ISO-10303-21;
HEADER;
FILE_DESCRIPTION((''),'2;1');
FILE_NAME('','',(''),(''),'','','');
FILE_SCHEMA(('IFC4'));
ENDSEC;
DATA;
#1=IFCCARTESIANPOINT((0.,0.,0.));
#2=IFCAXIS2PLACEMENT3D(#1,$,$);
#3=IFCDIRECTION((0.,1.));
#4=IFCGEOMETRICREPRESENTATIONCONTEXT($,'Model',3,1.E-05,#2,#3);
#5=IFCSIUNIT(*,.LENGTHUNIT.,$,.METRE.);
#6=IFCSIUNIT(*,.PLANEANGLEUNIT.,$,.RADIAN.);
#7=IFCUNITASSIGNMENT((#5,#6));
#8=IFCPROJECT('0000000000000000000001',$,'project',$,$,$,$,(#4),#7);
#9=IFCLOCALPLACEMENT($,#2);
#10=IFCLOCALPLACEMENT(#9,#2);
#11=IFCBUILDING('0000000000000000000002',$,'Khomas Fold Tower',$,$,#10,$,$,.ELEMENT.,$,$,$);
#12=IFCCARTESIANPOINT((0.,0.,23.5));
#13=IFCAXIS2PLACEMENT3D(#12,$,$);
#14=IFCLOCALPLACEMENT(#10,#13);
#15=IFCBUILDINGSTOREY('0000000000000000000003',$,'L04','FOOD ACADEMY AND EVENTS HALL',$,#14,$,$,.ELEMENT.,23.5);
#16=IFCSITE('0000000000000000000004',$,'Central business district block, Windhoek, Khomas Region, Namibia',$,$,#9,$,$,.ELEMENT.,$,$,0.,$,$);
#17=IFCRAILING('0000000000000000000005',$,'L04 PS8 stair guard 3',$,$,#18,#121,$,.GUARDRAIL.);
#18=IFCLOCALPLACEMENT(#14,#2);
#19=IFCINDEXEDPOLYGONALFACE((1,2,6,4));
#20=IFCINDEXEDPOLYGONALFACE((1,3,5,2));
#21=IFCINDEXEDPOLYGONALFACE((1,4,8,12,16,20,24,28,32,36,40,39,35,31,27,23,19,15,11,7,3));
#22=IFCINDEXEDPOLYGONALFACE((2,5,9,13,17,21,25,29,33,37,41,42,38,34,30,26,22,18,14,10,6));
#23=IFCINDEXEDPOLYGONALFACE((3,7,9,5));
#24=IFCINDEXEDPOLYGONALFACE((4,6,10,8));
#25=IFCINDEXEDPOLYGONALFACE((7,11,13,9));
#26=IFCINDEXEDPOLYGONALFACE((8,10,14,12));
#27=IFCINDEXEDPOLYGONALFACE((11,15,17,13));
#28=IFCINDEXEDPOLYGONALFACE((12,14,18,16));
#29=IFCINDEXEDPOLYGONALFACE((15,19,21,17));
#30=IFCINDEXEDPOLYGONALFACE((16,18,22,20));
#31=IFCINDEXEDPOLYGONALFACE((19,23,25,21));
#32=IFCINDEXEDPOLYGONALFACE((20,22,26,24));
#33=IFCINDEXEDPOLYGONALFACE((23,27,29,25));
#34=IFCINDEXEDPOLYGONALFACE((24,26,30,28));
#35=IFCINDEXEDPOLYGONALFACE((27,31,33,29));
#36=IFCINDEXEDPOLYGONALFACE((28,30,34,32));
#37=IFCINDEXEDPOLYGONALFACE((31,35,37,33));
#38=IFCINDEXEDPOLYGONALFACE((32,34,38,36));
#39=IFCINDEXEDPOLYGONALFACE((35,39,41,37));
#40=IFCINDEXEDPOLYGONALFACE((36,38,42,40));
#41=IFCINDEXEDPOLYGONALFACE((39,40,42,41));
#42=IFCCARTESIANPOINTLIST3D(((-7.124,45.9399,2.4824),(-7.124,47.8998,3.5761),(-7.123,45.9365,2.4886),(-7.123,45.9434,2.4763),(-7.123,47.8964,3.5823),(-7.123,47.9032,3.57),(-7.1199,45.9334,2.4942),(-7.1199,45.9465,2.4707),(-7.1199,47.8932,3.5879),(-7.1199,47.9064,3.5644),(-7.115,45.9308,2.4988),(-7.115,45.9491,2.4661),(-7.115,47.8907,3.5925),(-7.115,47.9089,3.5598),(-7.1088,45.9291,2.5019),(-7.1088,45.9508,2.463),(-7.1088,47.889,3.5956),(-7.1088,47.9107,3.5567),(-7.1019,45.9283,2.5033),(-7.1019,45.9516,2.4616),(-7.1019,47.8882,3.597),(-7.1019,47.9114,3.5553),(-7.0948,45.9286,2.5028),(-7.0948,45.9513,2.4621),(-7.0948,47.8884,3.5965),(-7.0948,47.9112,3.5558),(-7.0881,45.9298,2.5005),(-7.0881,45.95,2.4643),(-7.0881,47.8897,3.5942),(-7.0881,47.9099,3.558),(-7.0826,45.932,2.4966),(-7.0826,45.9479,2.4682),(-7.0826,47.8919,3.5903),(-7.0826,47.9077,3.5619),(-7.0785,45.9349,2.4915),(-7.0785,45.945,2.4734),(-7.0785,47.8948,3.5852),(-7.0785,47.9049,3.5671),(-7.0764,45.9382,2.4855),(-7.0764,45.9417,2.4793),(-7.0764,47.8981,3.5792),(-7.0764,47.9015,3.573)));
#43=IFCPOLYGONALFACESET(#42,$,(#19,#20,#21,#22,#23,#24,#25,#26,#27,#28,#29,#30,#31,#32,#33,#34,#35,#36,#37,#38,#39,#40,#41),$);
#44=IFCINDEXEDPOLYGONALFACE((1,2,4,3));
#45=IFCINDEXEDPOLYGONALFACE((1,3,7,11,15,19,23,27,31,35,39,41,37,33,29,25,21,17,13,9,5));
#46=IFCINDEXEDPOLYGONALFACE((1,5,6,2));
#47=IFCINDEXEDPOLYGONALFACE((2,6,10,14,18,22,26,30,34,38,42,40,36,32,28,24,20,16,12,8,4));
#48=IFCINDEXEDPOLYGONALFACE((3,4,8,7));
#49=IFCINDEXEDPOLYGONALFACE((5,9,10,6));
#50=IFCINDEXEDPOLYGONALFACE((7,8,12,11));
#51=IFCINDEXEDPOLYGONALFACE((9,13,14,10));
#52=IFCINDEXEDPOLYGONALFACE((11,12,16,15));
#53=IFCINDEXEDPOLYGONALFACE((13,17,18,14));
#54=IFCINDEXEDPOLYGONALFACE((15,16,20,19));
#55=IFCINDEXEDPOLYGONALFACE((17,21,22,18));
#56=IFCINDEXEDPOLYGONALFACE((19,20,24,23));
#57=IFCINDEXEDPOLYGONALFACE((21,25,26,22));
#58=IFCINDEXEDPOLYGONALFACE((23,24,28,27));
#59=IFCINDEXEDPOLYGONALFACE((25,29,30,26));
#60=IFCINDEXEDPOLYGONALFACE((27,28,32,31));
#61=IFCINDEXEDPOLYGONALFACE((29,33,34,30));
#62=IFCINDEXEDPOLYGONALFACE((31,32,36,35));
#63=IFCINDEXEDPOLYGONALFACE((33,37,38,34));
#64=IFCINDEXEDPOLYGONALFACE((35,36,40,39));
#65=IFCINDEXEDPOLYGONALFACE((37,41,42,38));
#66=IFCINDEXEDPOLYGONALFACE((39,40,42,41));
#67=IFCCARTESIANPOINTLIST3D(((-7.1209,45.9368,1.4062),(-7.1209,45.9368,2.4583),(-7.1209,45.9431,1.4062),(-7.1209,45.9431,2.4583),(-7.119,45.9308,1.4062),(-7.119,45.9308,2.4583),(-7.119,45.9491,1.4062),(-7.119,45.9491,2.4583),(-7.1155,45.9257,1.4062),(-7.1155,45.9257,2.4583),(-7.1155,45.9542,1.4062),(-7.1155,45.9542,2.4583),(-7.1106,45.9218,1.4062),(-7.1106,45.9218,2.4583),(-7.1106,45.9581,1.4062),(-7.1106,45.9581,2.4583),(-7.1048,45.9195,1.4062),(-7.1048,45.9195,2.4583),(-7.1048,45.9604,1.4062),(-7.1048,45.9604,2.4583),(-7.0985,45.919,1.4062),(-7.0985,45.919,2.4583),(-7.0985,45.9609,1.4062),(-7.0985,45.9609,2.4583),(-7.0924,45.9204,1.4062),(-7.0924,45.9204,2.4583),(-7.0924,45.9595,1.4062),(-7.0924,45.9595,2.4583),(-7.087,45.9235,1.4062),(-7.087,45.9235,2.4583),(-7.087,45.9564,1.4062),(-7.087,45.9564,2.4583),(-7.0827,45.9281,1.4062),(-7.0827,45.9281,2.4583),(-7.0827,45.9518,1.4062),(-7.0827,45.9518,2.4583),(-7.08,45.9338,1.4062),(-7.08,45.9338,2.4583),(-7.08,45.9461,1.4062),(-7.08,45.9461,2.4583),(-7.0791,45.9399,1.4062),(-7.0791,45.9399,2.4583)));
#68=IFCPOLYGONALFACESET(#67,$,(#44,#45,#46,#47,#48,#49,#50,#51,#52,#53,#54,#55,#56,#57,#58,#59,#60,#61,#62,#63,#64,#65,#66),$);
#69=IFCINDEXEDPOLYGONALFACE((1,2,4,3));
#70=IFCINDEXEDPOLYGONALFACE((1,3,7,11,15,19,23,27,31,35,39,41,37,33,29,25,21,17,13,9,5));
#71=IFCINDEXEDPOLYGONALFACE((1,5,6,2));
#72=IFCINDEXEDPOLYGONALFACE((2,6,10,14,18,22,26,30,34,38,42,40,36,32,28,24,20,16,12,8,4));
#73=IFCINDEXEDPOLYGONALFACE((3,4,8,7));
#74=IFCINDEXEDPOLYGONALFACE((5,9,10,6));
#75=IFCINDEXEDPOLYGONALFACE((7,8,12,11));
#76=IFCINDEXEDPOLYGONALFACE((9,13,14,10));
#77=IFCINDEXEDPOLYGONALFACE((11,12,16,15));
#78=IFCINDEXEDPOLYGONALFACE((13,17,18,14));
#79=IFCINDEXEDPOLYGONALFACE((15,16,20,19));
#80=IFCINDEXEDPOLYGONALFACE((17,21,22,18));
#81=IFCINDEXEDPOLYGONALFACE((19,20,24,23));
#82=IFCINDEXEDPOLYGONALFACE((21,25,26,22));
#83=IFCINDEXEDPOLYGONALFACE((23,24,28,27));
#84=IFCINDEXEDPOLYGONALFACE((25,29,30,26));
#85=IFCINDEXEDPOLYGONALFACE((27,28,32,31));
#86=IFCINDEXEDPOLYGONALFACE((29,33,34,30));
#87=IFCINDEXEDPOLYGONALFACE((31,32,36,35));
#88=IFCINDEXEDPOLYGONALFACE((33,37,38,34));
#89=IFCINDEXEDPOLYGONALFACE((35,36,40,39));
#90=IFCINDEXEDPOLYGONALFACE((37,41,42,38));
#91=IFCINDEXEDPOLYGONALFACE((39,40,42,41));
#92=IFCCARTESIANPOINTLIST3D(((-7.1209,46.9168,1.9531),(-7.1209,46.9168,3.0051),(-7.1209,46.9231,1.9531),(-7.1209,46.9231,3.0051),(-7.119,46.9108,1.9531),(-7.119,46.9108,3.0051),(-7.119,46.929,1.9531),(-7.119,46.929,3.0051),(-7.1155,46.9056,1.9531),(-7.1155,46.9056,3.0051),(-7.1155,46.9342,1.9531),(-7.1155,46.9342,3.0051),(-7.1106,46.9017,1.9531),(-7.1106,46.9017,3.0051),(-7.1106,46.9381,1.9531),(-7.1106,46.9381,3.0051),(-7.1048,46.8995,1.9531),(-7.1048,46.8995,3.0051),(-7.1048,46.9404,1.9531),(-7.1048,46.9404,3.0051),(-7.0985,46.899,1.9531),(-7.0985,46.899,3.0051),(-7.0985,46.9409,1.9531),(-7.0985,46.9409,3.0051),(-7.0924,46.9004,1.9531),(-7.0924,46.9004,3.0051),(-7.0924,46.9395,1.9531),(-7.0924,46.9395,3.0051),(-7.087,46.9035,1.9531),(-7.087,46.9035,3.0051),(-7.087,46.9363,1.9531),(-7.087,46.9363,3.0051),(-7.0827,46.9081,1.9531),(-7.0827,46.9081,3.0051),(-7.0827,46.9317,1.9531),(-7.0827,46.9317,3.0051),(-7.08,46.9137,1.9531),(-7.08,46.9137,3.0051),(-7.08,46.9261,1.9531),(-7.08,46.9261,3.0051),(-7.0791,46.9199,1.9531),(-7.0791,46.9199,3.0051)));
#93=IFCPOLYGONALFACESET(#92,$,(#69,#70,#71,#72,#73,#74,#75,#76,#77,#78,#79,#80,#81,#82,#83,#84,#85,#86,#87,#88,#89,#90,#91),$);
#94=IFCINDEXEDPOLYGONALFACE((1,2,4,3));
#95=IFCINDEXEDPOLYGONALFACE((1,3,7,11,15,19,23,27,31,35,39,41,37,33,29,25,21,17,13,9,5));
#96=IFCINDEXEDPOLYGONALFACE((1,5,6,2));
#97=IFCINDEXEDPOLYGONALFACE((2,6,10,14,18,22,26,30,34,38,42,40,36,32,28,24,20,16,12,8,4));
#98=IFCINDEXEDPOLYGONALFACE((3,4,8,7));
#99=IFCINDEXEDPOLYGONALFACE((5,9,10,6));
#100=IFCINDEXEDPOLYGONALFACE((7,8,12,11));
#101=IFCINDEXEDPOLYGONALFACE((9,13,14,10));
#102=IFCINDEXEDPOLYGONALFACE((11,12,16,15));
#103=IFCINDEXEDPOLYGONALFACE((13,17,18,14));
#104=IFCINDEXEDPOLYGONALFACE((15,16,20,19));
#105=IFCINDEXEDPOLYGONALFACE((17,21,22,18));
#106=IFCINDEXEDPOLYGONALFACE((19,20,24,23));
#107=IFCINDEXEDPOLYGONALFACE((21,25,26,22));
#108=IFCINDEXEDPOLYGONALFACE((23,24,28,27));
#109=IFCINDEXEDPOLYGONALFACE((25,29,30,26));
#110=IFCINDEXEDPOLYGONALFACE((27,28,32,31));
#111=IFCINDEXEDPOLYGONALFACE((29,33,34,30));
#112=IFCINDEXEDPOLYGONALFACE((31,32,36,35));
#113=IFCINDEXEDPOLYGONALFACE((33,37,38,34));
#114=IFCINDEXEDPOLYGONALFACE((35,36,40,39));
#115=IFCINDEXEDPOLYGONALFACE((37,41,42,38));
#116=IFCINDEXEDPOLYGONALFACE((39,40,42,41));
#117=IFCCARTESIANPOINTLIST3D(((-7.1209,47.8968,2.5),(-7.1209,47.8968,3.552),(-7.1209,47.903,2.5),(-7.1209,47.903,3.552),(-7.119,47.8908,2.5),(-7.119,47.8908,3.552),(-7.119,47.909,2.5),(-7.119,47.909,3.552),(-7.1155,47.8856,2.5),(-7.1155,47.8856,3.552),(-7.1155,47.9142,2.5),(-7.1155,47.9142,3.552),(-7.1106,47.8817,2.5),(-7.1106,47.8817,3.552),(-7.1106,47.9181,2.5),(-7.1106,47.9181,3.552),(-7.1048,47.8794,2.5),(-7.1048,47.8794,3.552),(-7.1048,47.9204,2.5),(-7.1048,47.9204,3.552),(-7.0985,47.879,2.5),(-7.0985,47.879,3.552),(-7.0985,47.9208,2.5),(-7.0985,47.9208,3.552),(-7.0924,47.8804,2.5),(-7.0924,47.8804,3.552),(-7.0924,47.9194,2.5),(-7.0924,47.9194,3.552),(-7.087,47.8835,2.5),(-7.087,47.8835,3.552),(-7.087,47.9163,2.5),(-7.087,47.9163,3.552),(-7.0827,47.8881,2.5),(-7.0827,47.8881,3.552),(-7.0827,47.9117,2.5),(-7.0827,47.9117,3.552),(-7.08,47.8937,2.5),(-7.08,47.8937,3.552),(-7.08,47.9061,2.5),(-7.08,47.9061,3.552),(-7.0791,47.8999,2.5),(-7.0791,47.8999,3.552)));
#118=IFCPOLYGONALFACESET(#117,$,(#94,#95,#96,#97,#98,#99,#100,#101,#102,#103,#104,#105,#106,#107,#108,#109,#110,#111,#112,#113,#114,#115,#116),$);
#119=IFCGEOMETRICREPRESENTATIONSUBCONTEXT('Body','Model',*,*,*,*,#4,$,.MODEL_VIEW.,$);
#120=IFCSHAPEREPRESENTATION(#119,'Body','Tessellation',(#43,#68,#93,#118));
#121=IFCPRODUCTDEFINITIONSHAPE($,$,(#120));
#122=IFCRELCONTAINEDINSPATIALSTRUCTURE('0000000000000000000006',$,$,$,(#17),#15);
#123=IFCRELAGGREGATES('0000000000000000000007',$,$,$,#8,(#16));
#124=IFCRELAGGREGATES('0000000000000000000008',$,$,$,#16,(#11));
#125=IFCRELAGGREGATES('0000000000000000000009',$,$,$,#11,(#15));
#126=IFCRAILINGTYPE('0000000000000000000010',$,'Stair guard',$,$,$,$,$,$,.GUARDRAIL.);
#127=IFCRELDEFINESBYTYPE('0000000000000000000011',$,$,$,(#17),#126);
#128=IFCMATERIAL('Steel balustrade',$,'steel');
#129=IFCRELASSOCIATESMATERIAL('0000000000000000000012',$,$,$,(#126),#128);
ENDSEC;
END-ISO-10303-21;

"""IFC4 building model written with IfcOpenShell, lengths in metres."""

from ifc_helpers import new_model, si_unit, direction, frame, origin, origin_2d, place, context, subcontext, project, spatial, circle, extrude, source, transform, mapped, material, type_object, element, save


model = new_model("IFC4")

# Units and contexts
model_context = context("Model", 3, precision=1e-05, world=origin(), true_north=direction((0.0, 1.0)))
body_context = subcontext(model_context, "Body", "Model", "MODEL_VIEW")
ifc_project = project(units=[si_unit("LENGTHUNIT", "METRE"), si_unit("PLANEANGLEUNIT", "RADIAN")], contexts=[model_context])

# Site, building, storey
site_placement = place(None, origin())
site = spatial("IfcSite", under=ifc_project, at=site_placement, Name="Central business district block, Windhoek, Khomas Region, Namibia", CompositionType="ELEMENT", RefElevation=0.0)
building_placement = place(site_placement, origin())
building = spatial("IfcBuilding", under=site, at=building_placement, Name="Khomas Fold Tower", CompositionType="ELEMENT")
storey_placement = place(building_placement, frame((0.0, 0.0, 23.5)))
storey = spatial("IfcBuildingStorey", under=building, at=storey_placement, Name="L04", Description="FOOD ACADEMY AND EVENTS HALL", CompositionType="ELEMENT", Elevation=23.5)

# Railing
ifc_material_1 = material(Name="Steel balustrade", Category="steel")
railing_type = type_object("IfcRailingType", Name="Stair guard", PredefinedType="GUARDRAIL", material=ifc_material_1)
shared_shape_1 = source(origin(), body_context, "Body", "SweptSolid", [
    extrude(circle(Radius=0.0239, at=origin_2d()), frame((0.0, 0.0, 1.0762), z_axis=(0.0, 0.873232, 0.487304), x_axis=(-1.0, 0.0, 0.0)), (0.0, 0.0, 1.0), 2.2444),
    extrude(circle(Radius=0.021, at=origin_2d()), origin(), (0.0, 0.0, 1.0), 1.052),
    extrude(circle(Radius=0.021, at=origin_2d()), frame((0.0, 0.98, 0.5469)), (0.0, 0.0, 1.0), 1.052),
    extrude(circle(Radius=0.021, at=origin_2d()), frame((0.0, 1.96, 1.0938)), (0.0, 0.0, 1.0), 1.052),
])
for number, where, name in (
    (1, (-7.1001, 45.9399, 1.4062), "L04 PS8 stair guard 3"),
):
    element("IfcRailing", number, at=place(storey_placement, frame(where)), inside=storey, type_object=railing_type, Name=name, PredefinedType="GUARDRAIL", context=body_context, shape_type="MappedRepresentation", body=[
        mapped(shared_shape_1, transform((0.0, 0.0, 0.0))),
    ])

save(model, "model.ifc")
